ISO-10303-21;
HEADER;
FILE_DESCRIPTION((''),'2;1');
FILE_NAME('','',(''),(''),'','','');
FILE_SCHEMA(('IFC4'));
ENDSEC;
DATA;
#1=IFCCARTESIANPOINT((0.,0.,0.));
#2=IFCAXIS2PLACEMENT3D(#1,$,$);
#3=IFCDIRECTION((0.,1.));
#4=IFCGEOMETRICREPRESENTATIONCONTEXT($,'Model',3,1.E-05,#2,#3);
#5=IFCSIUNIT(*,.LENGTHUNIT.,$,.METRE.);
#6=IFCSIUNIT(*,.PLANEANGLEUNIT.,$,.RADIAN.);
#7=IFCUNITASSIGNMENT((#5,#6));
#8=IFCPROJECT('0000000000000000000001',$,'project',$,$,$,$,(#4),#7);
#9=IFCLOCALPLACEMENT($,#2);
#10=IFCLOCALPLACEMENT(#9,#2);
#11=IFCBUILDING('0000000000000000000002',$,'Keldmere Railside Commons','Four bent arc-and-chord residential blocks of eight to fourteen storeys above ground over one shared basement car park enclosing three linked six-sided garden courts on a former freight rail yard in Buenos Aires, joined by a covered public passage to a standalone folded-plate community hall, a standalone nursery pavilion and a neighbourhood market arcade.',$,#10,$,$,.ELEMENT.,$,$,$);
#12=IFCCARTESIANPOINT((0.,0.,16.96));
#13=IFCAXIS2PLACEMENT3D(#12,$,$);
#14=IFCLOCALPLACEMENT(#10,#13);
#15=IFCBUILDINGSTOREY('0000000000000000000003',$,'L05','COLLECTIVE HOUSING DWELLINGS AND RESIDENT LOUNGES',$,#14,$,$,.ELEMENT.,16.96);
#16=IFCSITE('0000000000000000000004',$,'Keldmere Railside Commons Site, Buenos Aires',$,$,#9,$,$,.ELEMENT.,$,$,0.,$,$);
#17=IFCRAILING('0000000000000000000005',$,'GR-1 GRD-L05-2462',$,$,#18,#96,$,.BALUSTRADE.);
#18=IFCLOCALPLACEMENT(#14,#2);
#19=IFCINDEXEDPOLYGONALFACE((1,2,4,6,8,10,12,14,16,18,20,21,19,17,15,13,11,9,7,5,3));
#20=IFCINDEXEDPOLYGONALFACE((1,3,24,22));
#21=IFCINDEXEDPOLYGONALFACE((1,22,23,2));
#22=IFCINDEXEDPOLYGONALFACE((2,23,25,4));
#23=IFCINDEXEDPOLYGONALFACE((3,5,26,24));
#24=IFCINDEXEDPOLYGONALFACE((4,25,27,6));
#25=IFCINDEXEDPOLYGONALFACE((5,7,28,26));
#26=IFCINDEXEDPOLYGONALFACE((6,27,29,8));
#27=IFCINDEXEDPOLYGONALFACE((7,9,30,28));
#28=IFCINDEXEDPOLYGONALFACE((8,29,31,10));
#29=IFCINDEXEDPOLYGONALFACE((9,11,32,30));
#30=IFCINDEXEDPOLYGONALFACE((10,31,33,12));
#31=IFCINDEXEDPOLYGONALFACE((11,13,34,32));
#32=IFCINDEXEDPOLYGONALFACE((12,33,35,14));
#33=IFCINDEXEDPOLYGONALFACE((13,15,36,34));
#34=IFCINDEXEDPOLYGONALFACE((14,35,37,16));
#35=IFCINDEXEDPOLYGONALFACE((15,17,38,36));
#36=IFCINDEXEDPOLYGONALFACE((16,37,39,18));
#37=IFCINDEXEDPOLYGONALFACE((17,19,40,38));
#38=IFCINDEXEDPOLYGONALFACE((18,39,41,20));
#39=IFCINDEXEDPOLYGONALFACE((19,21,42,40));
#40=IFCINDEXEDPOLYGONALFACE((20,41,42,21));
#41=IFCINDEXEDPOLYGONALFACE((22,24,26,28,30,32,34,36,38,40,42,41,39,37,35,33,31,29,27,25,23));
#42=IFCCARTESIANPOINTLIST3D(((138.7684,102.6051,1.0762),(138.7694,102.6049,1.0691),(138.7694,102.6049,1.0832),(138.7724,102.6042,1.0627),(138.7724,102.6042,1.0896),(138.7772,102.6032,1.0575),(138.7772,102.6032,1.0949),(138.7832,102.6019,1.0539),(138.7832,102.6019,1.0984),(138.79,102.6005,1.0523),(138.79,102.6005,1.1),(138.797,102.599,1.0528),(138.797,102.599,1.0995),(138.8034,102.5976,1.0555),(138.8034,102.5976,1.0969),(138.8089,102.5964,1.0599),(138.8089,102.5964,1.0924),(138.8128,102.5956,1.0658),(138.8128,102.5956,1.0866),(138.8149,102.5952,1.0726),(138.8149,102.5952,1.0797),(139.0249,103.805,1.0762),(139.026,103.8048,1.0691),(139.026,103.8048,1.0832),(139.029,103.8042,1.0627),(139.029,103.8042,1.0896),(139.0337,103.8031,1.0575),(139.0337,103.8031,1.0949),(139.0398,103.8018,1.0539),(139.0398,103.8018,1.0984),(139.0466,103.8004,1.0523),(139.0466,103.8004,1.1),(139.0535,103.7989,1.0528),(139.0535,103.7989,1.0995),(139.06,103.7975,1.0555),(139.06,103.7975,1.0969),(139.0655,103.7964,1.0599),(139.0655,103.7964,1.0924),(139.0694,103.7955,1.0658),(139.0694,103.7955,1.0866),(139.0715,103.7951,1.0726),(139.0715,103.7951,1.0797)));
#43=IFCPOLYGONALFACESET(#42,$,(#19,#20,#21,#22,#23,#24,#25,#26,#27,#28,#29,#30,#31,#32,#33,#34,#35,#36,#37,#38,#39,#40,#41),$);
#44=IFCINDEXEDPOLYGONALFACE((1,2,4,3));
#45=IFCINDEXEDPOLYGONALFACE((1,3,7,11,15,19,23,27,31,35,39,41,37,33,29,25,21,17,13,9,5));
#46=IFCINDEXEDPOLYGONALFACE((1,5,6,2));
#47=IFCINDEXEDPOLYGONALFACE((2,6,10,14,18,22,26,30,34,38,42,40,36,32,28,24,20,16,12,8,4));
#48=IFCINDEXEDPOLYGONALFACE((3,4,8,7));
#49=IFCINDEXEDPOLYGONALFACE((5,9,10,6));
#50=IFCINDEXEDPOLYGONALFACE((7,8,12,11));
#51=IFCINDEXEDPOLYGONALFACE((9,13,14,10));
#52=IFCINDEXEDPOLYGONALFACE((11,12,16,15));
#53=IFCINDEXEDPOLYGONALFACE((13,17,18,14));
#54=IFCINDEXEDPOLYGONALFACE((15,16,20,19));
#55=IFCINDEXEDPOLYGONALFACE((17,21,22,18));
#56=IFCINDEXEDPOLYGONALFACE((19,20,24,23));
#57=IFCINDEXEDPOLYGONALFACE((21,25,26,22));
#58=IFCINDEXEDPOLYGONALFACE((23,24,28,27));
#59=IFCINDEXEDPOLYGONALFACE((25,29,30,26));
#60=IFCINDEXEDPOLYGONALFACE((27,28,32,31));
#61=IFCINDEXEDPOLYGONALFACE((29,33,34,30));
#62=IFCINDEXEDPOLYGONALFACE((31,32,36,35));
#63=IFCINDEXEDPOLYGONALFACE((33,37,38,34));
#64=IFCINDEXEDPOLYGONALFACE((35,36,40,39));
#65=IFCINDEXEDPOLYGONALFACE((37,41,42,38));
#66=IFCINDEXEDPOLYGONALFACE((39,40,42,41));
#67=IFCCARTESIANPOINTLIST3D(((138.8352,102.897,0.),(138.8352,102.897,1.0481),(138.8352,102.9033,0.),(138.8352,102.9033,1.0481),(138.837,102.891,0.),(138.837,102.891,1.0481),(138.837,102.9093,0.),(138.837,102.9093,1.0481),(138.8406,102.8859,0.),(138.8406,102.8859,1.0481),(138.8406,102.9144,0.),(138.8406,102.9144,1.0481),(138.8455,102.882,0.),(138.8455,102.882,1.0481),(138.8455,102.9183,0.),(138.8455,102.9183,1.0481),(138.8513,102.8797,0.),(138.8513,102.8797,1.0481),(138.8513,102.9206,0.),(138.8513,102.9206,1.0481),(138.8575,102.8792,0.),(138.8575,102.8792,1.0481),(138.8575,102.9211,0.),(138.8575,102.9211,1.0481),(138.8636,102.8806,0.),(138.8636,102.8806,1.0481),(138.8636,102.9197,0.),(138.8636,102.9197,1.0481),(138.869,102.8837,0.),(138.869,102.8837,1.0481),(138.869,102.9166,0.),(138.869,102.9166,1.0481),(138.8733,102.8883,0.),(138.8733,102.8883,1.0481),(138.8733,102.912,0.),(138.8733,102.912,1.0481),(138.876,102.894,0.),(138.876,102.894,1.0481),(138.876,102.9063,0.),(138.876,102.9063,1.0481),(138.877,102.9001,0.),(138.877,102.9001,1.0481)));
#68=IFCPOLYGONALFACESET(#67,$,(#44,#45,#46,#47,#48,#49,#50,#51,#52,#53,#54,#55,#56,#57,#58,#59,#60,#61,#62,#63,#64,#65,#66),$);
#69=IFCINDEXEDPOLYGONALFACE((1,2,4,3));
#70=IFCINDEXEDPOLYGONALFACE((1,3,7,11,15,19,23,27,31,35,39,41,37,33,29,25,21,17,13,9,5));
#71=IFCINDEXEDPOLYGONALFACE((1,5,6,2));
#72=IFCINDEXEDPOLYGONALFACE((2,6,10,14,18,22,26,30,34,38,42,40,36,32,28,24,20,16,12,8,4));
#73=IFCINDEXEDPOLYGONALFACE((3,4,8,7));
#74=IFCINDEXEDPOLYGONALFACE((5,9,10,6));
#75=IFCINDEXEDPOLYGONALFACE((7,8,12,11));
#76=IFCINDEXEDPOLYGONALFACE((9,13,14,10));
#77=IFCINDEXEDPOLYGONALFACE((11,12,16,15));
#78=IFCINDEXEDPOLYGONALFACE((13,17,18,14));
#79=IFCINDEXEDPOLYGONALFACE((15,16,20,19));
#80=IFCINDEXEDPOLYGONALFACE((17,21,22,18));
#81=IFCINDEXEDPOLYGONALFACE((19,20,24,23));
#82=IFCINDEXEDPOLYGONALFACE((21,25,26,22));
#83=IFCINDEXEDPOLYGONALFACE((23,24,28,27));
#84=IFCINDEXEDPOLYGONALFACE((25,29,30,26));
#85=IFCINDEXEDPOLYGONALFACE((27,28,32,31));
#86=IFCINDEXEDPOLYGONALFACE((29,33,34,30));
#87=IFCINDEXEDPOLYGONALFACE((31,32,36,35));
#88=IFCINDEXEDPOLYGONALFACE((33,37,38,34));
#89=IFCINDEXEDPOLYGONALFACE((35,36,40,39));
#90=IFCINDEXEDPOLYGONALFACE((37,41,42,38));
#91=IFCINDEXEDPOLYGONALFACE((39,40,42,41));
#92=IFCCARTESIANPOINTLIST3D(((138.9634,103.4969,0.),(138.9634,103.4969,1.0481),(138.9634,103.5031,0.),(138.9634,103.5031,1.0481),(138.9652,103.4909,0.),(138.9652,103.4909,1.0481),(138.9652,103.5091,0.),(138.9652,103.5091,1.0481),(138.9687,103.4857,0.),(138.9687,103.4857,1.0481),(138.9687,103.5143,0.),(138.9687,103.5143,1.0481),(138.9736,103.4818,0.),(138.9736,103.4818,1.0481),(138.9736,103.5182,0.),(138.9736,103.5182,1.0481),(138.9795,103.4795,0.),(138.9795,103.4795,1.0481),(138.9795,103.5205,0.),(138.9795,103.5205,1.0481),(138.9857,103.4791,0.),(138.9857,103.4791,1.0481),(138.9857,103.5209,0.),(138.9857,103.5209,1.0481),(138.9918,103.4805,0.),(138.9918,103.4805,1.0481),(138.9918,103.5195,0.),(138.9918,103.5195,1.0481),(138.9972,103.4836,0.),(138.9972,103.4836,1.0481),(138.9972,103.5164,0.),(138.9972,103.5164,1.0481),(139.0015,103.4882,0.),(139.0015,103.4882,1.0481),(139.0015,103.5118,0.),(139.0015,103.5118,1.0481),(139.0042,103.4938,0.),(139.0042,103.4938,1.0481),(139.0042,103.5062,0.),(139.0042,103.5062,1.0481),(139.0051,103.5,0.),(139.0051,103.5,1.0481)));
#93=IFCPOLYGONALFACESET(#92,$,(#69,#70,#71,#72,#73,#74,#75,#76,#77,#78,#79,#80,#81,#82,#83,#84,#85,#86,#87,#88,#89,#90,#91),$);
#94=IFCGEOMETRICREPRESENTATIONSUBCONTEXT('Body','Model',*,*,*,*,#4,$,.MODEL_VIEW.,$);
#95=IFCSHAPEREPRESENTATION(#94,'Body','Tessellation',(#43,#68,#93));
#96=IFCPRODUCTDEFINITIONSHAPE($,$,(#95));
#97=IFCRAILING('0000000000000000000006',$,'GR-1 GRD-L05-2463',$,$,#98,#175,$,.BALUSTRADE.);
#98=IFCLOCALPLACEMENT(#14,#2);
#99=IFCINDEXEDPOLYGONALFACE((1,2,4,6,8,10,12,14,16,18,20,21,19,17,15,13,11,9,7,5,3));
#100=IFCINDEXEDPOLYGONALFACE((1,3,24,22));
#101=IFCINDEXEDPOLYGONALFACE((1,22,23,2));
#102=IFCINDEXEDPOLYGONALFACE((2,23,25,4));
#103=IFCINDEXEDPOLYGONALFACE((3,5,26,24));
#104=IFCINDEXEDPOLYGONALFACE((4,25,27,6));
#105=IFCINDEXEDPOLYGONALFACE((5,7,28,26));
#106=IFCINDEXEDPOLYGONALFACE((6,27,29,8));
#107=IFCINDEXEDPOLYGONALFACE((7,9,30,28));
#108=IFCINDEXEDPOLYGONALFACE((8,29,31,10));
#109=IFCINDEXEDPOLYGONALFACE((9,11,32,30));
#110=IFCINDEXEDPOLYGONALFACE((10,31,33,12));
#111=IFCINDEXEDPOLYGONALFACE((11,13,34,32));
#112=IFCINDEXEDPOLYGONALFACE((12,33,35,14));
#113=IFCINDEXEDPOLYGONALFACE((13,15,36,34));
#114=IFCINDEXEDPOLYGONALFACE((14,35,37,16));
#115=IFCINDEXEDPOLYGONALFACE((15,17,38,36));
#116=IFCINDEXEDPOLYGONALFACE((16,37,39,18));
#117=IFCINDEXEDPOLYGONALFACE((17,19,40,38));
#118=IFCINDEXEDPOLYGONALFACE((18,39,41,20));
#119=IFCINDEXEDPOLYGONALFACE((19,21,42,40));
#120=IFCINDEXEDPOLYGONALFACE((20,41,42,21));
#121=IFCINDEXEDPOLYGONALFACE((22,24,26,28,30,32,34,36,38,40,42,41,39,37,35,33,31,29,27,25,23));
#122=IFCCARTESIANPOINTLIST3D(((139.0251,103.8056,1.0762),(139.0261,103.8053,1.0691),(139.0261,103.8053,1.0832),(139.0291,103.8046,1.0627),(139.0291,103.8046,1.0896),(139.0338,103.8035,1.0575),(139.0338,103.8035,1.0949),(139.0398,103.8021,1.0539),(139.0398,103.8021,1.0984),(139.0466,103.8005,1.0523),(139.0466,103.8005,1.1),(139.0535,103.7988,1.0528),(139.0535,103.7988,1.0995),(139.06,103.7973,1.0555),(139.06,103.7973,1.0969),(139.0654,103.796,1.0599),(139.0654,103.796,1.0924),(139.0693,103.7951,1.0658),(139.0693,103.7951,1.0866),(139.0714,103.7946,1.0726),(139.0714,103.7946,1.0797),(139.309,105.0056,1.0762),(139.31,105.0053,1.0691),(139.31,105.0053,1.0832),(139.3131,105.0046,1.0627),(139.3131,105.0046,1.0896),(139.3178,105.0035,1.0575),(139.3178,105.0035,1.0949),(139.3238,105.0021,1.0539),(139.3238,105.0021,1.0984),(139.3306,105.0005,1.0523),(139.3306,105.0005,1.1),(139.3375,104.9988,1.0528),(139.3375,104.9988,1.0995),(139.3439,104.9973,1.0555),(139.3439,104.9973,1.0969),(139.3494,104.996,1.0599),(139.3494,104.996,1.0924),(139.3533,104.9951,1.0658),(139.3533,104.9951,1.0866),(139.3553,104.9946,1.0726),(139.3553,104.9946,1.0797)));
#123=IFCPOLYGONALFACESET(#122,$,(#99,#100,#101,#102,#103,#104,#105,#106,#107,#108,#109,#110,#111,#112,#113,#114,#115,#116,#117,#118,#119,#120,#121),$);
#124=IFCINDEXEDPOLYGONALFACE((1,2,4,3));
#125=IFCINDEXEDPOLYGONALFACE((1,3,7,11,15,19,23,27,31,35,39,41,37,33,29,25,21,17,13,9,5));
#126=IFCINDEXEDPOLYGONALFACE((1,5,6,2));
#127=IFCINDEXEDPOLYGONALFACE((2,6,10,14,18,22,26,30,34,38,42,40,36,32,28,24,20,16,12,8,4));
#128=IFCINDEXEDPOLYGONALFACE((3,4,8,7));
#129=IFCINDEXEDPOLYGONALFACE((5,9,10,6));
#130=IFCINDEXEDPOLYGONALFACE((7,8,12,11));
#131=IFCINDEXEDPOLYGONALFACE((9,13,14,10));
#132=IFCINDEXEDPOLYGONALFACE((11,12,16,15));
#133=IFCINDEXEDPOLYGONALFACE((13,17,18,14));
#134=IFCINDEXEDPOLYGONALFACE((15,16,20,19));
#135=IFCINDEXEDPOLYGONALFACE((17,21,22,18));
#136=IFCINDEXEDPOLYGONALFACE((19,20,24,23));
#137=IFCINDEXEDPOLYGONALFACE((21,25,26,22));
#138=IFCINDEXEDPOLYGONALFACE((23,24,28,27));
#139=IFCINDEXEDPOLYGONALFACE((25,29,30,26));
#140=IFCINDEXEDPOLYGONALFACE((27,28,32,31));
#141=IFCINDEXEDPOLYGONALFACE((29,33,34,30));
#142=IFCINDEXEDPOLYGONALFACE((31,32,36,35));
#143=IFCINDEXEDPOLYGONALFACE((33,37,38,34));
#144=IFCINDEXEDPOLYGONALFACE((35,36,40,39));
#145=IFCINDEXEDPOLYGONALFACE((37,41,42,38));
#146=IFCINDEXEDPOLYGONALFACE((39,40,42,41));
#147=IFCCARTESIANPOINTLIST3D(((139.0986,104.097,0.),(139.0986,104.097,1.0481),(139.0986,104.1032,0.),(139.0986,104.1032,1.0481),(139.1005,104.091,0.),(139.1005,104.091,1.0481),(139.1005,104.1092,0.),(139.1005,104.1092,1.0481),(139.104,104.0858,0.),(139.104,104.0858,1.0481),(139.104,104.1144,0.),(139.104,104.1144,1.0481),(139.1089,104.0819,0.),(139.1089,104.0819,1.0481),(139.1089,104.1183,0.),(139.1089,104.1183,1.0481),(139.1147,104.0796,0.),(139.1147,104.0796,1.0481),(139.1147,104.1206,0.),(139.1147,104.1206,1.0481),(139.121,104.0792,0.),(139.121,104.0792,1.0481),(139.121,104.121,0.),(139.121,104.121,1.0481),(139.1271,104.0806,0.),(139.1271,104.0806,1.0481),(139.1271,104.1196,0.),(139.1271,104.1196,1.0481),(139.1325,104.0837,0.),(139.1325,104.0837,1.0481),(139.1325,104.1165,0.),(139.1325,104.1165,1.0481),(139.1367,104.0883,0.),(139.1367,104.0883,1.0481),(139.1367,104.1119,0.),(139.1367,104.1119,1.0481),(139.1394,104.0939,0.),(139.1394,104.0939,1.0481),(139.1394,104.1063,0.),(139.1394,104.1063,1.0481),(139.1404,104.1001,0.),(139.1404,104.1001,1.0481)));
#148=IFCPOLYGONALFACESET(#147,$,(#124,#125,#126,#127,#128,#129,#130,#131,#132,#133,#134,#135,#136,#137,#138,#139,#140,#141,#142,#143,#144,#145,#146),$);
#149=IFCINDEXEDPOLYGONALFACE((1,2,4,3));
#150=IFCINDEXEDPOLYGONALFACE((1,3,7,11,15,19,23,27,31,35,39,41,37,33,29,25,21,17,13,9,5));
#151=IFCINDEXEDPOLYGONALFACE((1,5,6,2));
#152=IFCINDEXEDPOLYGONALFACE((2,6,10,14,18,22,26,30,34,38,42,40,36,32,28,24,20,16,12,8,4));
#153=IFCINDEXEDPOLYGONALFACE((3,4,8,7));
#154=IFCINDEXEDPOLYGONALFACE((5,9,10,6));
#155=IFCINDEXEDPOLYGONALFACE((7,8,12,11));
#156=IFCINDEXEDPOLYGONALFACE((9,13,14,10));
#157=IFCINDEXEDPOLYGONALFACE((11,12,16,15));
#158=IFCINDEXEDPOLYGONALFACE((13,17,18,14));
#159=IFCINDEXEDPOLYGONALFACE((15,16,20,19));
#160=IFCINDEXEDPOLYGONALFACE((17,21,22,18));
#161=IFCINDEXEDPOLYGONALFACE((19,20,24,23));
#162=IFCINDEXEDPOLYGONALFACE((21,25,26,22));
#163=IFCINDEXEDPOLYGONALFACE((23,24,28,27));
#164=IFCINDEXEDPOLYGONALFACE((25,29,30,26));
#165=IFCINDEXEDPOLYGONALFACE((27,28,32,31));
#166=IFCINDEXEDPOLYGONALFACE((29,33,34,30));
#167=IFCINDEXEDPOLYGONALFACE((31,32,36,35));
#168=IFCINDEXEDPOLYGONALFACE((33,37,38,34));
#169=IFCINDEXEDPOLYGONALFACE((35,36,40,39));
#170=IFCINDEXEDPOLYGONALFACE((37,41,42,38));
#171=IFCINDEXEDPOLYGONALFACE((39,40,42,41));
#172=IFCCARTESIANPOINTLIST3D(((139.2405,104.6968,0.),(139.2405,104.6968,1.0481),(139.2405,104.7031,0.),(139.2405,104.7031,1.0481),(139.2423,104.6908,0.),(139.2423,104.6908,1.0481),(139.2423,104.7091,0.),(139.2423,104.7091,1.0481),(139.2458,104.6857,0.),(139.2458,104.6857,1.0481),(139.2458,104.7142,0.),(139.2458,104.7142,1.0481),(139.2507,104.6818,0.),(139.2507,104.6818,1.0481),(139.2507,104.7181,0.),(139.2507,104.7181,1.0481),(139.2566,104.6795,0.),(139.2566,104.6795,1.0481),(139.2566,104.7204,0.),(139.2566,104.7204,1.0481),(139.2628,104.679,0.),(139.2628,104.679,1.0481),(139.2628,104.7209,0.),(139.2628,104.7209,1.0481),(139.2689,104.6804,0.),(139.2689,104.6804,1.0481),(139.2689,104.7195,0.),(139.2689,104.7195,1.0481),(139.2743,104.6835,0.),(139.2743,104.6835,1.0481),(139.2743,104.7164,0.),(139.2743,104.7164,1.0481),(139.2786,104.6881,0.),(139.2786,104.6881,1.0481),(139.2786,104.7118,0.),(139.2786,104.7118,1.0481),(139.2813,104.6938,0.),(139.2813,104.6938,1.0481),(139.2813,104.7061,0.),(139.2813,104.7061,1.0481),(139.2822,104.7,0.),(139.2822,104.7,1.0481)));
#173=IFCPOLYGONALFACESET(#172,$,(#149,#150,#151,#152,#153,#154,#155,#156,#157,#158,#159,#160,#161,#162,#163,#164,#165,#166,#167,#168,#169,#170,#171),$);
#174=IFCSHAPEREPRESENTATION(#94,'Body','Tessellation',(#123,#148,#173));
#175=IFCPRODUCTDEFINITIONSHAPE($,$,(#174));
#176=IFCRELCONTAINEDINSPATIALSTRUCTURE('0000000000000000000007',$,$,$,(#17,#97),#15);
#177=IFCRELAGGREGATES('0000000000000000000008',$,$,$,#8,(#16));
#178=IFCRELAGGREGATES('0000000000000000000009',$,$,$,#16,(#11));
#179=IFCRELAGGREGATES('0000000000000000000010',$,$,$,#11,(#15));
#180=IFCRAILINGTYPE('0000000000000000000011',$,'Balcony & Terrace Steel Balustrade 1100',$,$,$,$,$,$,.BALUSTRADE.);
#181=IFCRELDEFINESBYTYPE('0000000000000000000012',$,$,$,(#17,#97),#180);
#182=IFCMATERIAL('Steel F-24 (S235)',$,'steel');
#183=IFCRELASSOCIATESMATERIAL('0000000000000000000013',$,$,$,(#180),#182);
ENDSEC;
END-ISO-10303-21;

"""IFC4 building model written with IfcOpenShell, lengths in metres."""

from ifc_helpers import new_model, si_unit, direction, frame, origin, origin_2d, place, context, subcontext, project, spatial, circle, extrude, material, type_object, element, save


model = new_model("IFC4")

# Units and contexts
model_context = context("Model", 3, precision=1e-05, world=origin(), true_north=direction((0.0, 1.0)))
body_context = subcontext(model_context, "Body", "Model", "MODEL_VIEW")
ifc_project = project(units=[si_unit("LENGTHUNIT", "METRE"), si_unit("PLANEANGLEUNIT", "RADIAN")], contexts=[model_context])

# Site, building, storey
site_placement = place(None, origin())
site = spatial("IfcSite", under=ifc_project, at=site_placement, Name="Keldmere Railside Commons Site, Buenos Aires", CompositionType="ELEMENT", RefElevation=0.0)
building_placement = place(site_placement, origin())
building = spatial("IfcBuilding", under=site, at=building_placement, Name="Keldmere Railside Commons", Description="Four bent arc-and-chord residential blocks of eight to fourteen storeys above ground over one shared basement car park enclosing three linked six-sided garden courts on a former freight rail yard in Buenos Aires, joined by a covered public passage to a standalone folded-plate community hall, a standalone nursery pavilion and a neighbourhood market arcade.", CompositionType="ELEMENT")
storey_placement = place(building_placement, frame((0.0, 0.0, 16.96)))
storey = spatial("IfcBuildingStorey", under=building, at=storey_placement, Name="L05", Description="COLLECTIVE HOUSING DWELLINGS AND RESIDENT LOUNGES", CompositionType="ELEMENT", Elevation=16.96)

# Railings
ifc_material_1 = material(Name="Steel F-24 (S235)", Category="steel")
railing_type_1 = type_object("IfcRailingType", Name="Balcony & Terrace Steel Balustrade 1100", PredefinedType="BALUSTRADE", material=ifc_material_1)
railing_1_placement = place(storey_placement, frame((138.7917, 102.6001, 0.0)))
element("IfcRailing", 1, at=railing_1_placement, inside=storey, type_object=railing_type_1, Name="GR-1 GRD-L05-2462", PredefinedType="BALUSTRADE", context=body_context, shape_type="SweptSolid", body=[
    extrude(circle(Radius=0.0239, at=origin_2d()), frame((0.0, 0.0, 1.0762), z_axis=(0.209108, 0.977893, 0.0), x_axis=(-0.977893, 0.209108, 0.0)), (0.0, 0.0, 1.0), 1.2271),
    extrude(circle(Radius=0.021, at=origin_2d()), frame((0.0642, 0.3, 0.0)), (0.0, 0.0, 1.0), 1.0481),
    extrude(circle(Radius=0.021, at=origin_2d()), frame((0.1924, 0.8999, 0.0)), (0.0, 0.0, 1.0), 1.0481),
])
railing_2_placement = place(storey_placement, frame((139.0483, 103.8, 0.0)))
element("IfcRailing", 2, at=railing_2_placement, inside=storey, type_object=railing_type_1, Name="GR-1 GRD-L05-2463", PredefinedType="BALUSTRADE", context=body_context, shape_type="SweptSolid", body=[
    extrude(circle(Radius=0.0239, at=origin_2d()), frame((0.0, 0.0, 1.0762), z_axis=(0.230264, 0.973128, 0.0), x_axis=(-0.973128, 0.230264, 0.0)), (0.0, 0.0, 1.0), 1.2332),
    extrude(circle(Radius=0.021, at=origin_2d()), frame((0.071, 0.3, 0.0)), (0.0, 0.0, 1.0), 1.0481),
    extrude(circle(Radius=0.021, at=origin_2d()), frame((0.2129, 0.8999, 0.0)), (0.0, 0.0, 1.0), 1.0481),
])

save(model, "model.ifc")
